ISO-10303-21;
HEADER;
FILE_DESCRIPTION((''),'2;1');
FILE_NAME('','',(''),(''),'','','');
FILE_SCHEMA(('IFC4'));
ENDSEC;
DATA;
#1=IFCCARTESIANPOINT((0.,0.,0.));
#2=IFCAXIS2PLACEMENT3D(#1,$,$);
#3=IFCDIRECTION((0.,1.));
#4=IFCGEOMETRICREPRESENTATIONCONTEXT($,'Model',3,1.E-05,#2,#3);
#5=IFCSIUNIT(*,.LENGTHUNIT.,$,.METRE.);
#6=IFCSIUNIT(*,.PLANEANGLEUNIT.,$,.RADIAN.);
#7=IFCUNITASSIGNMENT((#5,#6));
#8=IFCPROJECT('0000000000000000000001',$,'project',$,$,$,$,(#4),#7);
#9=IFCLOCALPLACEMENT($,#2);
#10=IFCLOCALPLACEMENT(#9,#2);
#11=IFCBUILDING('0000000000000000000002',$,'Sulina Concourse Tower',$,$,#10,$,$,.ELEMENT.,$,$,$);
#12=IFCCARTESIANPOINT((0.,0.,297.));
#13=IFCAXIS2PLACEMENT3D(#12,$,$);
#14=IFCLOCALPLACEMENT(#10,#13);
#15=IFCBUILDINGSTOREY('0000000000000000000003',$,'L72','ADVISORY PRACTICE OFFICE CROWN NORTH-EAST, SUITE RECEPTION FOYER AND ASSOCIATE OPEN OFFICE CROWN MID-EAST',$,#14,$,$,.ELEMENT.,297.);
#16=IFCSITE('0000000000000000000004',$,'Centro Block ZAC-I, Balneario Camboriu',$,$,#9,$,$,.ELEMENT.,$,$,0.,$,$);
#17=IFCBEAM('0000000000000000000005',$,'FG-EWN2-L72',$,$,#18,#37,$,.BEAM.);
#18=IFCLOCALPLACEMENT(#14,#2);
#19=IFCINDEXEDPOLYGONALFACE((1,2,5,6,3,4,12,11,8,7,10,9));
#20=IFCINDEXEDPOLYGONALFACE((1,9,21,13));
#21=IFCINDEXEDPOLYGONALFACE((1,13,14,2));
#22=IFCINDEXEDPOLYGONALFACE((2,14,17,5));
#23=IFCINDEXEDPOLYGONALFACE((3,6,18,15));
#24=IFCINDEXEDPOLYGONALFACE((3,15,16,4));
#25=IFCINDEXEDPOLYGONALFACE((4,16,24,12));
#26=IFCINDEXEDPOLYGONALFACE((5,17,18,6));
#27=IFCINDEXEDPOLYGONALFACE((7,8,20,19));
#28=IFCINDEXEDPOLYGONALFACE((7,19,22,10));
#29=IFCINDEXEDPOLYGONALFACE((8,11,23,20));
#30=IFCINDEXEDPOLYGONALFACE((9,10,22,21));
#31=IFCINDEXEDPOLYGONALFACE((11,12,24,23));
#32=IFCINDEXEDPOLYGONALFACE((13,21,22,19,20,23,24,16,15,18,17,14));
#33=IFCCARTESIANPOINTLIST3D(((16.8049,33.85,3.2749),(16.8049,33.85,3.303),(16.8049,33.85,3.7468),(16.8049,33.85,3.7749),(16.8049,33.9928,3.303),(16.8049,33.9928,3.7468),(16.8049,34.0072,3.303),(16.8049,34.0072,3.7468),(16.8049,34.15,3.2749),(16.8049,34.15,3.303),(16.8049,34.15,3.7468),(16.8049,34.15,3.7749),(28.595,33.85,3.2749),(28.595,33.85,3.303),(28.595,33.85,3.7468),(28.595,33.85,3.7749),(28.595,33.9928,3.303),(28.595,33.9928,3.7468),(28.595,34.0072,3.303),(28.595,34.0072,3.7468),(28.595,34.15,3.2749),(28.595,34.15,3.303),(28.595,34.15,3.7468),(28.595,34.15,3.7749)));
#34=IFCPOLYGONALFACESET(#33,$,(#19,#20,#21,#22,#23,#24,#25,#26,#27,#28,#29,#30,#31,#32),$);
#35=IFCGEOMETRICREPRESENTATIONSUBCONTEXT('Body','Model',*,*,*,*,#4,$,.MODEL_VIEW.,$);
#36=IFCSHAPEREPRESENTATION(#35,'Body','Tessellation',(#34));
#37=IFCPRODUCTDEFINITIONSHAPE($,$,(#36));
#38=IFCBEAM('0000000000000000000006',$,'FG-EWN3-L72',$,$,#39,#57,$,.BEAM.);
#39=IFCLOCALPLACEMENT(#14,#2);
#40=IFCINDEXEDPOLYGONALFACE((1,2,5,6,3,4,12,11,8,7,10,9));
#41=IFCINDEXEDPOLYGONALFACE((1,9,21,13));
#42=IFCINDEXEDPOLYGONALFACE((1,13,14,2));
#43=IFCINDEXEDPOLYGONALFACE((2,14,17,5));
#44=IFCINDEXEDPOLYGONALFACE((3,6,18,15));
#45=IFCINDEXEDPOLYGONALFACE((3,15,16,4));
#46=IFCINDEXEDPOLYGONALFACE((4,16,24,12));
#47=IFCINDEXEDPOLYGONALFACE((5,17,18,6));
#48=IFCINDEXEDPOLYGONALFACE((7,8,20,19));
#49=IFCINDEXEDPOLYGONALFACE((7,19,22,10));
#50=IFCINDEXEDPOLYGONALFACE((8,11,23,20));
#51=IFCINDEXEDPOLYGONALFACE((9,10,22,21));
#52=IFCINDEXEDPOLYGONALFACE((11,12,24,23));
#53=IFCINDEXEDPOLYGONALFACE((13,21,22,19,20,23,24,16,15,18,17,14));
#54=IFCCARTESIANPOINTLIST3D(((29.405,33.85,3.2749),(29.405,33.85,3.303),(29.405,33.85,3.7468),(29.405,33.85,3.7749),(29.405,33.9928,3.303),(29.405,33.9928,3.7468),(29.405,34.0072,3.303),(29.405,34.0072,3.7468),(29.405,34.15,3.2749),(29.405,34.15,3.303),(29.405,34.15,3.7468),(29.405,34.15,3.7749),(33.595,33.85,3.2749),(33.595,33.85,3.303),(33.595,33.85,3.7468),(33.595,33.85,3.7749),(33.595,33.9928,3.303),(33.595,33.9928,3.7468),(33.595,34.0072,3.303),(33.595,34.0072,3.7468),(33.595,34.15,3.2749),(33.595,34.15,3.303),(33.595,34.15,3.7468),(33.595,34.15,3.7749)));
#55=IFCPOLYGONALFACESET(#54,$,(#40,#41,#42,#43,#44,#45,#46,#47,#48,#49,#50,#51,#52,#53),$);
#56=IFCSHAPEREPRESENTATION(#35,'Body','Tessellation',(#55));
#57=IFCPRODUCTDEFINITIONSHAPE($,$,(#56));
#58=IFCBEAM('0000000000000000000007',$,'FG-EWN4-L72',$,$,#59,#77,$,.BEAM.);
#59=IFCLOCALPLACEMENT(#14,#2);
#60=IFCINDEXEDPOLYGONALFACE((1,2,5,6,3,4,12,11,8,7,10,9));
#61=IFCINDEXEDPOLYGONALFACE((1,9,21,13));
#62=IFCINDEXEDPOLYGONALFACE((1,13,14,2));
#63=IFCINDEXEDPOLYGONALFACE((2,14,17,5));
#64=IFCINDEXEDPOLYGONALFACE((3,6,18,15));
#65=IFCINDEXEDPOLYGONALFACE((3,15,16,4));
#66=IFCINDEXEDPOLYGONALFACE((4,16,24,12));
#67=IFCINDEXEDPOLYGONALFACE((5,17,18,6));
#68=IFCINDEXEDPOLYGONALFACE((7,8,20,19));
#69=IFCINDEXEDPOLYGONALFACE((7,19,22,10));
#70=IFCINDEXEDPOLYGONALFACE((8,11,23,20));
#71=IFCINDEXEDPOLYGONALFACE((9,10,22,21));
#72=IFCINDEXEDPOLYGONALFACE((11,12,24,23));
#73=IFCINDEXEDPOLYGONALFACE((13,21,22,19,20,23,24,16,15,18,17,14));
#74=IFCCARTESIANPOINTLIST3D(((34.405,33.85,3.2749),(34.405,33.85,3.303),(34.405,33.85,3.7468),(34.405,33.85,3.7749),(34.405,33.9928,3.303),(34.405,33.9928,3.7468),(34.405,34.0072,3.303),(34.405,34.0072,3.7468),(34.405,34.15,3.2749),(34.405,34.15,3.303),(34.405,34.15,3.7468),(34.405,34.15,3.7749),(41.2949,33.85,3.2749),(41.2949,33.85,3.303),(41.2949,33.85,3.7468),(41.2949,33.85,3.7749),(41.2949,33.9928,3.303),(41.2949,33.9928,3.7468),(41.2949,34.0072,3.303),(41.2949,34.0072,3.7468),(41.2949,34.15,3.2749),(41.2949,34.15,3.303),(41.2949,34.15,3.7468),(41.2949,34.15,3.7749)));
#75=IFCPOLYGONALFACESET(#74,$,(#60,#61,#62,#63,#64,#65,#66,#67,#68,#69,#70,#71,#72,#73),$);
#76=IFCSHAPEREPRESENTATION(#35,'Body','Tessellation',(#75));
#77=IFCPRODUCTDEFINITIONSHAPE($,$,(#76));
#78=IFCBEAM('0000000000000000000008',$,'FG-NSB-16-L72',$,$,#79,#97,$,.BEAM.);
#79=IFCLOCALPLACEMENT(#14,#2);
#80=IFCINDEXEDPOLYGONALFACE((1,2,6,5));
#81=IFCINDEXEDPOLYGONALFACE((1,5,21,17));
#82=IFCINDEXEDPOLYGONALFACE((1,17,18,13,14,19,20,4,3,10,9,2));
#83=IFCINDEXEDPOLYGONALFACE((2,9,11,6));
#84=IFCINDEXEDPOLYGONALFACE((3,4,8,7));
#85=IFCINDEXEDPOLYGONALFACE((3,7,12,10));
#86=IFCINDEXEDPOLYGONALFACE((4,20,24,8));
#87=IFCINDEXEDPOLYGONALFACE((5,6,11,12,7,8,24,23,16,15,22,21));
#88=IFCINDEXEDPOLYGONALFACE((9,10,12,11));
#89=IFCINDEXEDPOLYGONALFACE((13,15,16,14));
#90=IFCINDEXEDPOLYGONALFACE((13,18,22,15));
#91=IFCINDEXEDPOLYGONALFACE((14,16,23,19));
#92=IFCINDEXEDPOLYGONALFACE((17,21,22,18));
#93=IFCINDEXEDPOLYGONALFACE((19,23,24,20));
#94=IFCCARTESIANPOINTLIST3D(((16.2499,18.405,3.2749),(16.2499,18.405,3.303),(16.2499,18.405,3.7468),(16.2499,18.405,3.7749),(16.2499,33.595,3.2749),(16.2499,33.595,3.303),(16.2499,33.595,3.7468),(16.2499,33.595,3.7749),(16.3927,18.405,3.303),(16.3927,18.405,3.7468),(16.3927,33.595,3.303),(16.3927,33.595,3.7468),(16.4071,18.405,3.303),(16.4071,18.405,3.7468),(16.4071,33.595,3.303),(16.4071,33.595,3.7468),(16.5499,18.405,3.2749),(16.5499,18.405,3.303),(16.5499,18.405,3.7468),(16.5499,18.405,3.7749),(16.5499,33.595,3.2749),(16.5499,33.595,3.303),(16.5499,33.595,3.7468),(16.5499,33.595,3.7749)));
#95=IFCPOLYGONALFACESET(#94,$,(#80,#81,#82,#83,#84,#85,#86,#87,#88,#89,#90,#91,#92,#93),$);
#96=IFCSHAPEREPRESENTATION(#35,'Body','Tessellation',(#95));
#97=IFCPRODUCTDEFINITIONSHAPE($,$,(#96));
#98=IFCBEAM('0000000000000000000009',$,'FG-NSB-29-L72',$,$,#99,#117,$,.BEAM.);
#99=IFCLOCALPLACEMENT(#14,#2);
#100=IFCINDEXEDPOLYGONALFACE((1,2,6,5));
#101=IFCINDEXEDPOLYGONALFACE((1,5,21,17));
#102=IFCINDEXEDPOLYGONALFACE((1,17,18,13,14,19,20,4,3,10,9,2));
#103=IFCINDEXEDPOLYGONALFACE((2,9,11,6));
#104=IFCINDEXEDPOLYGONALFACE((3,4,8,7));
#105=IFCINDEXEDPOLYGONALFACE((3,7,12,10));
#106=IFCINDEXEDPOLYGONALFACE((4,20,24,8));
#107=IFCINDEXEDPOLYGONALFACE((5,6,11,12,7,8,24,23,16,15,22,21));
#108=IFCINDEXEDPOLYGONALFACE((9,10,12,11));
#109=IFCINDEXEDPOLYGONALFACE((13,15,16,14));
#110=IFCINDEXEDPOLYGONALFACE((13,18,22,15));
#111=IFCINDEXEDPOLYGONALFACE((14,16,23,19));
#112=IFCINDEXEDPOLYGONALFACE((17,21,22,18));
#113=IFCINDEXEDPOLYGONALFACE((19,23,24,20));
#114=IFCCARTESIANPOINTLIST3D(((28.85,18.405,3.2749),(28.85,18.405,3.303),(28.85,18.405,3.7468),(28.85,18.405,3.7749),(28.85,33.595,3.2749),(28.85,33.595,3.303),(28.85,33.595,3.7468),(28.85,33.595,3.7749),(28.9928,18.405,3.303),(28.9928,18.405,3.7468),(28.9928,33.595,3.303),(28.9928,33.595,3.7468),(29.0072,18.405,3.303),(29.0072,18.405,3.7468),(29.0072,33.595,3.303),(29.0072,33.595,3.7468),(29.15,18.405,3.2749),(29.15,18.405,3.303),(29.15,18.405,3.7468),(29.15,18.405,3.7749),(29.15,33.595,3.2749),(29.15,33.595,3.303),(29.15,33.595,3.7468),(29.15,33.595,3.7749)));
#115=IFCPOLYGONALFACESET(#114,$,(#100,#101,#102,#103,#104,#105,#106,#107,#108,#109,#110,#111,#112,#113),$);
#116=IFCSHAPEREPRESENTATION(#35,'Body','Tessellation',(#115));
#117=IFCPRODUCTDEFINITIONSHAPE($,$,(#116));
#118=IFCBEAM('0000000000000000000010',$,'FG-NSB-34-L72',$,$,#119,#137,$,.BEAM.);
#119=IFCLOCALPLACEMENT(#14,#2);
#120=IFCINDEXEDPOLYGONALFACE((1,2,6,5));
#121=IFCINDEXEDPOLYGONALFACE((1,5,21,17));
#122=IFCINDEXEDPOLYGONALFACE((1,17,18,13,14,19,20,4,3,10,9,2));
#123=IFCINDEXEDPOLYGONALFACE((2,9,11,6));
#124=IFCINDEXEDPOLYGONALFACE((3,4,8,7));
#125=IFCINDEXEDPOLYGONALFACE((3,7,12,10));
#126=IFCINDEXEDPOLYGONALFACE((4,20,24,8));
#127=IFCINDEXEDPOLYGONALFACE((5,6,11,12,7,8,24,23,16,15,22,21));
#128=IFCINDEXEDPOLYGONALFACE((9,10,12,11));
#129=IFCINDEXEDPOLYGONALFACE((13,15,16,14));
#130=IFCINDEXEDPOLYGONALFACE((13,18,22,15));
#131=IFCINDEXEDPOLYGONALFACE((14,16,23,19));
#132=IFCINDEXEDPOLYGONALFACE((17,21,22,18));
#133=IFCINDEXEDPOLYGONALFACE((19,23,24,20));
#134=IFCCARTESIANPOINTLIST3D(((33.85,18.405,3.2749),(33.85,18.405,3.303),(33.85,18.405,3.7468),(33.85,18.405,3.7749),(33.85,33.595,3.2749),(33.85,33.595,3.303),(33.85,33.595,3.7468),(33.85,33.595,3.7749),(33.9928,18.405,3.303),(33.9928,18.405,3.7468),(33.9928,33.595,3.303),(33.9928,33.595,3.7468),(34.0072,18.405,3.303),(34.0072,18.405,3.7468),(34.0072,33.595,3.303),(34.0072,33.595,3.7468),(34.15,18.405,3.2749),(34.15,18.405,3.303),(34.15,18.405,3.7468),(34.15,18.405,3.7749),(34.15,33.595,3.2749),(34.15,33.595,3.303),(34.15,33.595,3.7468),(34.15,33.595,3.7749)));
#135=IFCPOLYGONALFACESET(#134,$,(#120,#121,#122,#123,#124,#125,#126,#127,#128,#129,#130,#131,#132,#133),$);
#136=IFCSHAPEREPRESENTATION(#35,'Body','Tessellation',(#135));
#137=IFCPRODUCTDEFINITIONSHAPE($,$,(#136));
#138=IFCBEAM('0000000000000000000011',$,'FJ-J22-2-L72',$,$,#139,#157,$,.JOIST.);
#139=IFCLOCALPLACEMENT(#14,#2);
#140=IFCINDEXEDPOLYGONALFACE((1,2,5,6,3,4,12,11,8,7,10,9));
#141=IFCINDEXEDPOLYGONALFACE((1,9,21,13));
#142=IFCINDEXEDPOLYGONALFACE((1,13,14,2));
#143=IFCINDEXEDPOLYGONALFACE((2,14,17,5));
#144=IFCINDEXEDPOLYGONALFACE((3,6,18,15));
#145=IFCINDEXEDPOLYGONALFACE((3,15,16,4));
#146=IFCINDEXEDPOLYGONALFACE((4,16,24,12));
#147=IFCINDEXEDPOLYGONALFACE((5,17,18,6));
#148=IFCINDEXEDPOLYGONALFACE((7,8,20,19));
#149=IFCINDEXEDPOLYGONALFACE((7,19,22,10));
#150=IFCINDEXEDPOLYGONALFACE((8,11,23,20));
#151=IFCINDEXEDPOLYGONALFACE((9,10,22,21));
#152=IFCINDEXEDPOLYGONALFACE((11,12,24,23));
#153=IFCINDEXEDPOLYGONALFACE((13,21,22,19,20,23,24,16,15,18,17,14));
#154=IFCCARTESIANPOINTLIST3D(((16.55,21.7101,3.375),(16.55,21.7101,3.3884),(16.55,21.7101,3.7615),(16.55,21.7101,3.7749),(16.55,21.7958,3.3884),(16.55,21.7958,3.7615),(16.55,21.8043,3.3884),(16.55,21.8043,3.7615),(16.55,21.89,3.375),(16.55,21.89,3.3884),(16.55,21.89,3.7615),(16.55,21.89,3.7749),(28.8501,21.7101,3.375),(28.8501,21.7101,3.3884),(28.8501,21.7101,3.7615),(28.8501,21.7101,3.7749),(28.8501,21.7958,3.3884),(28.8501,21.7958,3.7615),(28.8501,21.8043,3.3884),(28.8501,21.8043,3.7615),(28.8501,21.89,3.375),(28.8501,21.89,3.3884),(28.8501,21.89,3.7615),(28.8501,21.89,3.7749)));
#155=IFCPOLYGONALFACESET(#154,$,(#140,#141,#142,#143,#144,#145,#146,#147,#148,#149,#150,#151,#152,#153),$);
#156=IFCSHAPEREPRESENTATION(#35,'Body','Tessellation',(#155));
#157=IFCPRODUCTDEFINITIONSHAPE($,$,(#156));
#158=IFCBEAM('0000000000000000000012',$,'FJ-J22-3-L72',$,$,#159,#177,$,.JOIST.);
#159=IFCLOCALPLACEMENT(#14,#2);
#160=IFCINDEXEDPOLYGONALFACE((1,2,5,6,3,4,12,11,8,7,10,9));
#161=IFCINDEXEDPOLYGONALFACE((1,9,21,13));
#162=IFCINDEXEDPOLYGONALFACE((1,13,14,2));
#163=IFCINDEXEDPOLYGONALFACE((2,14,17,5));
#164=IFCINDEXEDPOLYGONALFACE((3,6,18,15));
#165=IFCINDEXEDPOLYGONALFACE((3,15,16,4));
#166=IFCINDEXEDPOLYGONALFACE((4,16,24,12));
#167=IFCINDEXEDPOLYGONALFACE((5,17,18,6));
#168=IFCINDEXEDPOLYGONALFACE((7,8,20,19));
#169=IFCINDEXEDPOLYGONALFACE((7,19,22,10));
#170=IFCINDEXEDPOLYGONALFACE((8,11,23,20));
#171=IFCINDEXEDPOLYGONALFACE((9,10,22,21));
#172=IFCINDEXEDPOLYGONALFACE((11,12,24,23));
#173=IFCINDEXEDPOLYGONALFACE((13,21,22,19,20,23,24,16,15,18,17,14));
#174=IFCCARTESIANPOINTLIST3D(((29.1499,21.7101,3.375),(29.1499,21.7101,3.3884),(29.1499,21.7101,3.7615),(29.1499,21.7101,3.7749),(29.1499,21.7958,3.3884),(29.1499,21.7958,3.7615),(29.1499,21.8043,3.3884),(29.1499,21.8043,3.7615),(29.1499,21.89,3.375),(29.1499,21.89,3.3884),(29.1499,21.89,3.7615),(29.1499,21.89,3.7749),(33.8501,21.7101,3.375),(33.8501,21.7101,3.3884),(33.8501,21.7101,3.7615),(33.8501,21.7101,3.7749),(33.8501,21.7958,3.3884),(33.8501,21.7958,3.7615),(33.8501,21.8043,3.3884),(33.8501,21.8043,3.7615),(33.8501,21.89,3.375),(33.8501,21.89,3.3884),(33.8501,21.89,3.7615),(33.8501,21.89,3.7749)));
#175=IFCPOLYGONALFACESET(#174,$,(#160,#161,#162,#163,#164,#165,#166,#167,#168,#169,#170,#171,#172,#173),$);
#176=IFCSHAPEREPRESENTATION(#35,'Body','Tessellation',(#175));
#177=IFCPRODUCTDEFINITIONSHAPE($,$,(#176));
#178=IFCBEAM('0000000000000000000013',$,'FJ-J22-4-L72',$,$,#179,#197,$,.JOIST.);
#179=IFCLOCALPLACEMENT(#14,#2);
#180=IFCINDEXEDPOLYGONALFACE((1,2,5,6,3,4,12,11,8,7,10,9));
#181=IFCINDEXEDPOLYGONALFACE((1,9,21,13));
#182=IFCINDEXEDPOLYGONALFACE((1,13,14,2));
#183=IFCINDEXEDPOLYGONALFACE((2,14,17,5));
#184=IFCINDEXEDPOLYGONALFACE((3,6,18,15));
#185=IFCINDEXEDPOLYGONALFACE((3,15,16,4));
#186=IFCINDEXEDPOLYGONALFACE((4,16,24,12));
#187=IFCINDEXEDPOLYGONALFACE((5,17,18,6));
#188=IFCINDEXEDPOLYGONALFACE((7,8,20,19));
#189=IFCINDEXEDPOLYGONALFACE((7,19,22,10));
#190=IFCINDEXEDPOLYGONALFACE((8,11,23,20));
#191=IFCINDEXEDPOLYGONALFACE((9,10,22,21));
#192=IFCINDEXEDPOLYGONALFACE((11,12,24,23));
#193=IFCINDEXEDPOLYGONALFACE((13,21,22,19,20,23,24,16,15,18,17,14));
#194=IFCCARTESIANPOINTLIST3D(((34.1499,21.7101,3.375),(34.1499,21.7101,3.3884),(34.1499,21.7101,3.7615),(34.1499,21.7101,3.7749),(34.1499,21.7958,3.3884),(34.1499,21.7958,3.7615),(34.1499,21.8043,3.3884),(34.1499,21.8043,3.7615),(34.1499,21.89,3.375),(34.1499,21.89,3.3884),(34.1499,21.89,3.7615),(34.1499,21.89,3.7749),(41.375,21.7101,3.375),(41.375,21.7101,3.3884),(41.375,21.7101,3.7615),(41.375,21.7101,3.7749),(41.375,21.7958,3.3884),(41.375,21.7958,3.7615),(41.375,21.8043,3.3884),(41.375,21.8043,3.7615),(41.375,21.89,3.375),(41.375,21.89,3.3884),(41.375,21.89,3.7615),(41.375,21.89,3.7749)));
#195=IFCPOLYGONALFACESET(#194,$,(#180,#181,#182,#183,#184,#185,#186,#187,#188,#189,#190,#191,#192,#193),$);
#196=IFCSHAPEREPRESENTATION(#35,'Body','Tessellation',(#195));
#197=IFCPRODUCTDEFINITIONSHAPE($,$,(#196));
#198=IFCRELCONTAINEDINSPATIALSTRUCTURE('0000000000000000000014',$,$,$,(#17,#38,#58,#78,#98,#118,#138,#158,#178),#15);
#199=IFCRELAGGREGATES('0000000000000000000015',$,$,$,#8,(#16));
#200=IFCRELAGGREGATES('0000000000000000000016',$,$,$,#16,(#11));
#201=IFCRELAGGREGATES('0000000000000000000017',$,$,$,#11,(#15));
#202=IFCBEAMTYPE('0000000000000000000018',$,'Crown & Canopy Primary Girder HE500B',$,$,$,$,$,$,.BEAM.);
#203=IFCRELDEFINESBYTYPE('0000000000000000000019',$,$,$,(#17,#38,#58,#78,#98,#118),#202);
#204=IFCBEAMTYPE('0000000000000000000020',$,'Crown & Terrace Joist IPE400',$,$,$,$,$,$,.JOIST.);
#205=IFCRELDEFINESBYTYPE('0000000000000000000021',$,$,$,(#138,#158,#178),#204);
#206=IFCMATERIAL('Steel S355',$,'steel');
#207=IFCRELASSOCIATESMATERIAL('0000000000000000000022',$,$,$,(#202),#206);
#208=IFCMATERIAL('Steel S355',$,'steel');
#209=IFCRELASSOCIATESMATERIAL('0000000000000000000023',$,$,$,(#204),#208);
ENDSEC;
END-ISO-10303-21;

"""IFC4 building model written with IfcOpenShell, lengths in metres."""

from ifc_helpers import new_model, si_unit, direction, frame, origin, origin_2d, place, context, subcontext, project, spatial, i_section, extrude, material, material_profile, profile_set, type_object, element, save


model = new_model("IFC4")

# Units and contexts
model_context = context("Model", 3, precision=1e-05, world=origin(), true_north=direction((0.0, 1.0)))
body_context = subcontext(model_context, "Body", "Model", "MODEL_VIEW")
ifc_project = project(units=[si_unit("LENGTHUNIT", "METRE"), si_unit("PLANEANGLEUNIT", "RADIAN")], contexts=[model_context])

# Site, building, storey
site_placement = place(None, origin())
site = spatial("IfcSite", under=ifc_project, at=site_placement, Name="Centro Block ZAC-I, Balneario Camboriu", CompositionType="ELEMENT", RefElevation=0.0)
building_placement = place(site_placement, origin())
building = spatial("IfcBuilding", under=site, at=building_placement, Name="Sulina Concourse Tower", CompositionType="ELEMENT")
storey_placement = place(building_placement, frame((0.0, 0.0, 297.0)))
storey = spatial("IfcBuildingStorey", under=building, at=storey_placement, Name="L72", Description="ADVISORY PRACTICE OFFICE CROWN NORTH-EAST, SUITE RECEPTION FOYER AND ASSOCIATE OPEN OFFICE CROWN MID-EAST", CompositionType="ELEMENT", Elevation=297.0)

# Beams
ifc_material_1 = material(Name="Steel S355", Category="steel")
ifc_material_profile_1 = material_profile(ifc_material_1, i_section(OverallWidth=0.3, OverallDepth=0.5, WebThickness=0.0144, FlangeThickness=0.0281, at=origin_2d()), Name="HE 500 B")
ifc_profile_set_1 = profile_set([ifc_material_profile_1], Name="Steel S355")
beam_type_1 = type_object("IfcBeamType", Name="Crown & Canopy Primary Girder HE500B", PredefinedType="BEAM", material=ifc_profile_set_1)
beam_1_placement = place(storey_placement, frame((16.8049, 34.0, 3.5249), z_axis=(1.0, 0.0, 0.0), x_axis=(0.0, 1.0, 0.0)))
element("IfcBeam", 1, at=beam_1_placement, inside=storey, type_object=beam_type_1, Name="FG-EWN2-L72", PredefinedType="BEAM", context=body_context, shape_type="SweptSolid", body=[
    extrude(i_section(OverallWidth=0.3, OverallDepth=0.5, WebThickness=0.0144, FlangeThickness=0.0281, at=origin_2d()), origin(), (0.0, 0.0, 1.0), 11.79),
])
beam_2_placement = place(storey_placement, frame((29.405, 34.0, 3.5249), z_axis=(1.0, 0.0, 0.0), x_axis=(0.0, 1.0, 0.0)))
element("IfcBeam", 2, at=beam_2_placement, inside=storey, type_object=beam_type_1, Name="FG-EWN3-L72", PredefinedType="BEAM", context=body_context, shape_type="SweptSolid", body=[
    extrude(i_section(OverallWidth=0.3, OverallDepth=0.5, WebThickness=0.0144, FlangeThickness=0.0281, at=origin_2d()), origin(), (0.0, 0.0, 1.0), 4.1899),
])
beam_3_placement = place(storey_placement, frame((34.405, 34.0, 3.5249), z_axis=(1.0, 0.0, 0.0), x_axis=(0.0, 1.0, 0.0)))
element("IfcBeam", 3, at=beam_3_placement, inside=storey, type_object=beam_type_1, Name="FG-EWN4-L72", PredefinedType="BEAM", context=body_context, shape_type="SweptSolid", body=[
    extrude(i_section(OverallWidth=0.3, OverallDepth=0.5, WebThickness=0.0144, FlangeThickness=0.0281, at=origin_2d()), origin(), (0.0, 0.0, 1.0), 6.8899),
])
for number, where, z_axis, x_axis, name in (
    (4, (16.3999, 18.405, 3.5249), (0.0, 1.0, 0.0), (-1.0, 0.0, 0.0), "FG-NSB-16-L72"),
    (5, (29.0, 18.405, 3.5249), (0.0, 1.0, 0.0), (-1.0, 0.0, 0.0), "FG-NSB-29-L72"),
    (6, (34.0, 18.405, 3.5249), (0.0, 1.0, 0.0), (-1.0, 0.0, 0.0), "FG-NSB-34-L72"),
):
    element("IfcBeam", number, at=place(storey_placement, frame(where, z_axis=z_axis, x_axis=x_axis)), inside=storey, type_object=beam_type_1, Name=name, PredefinedType="BEAM", context=body_context, shape_type="SweptSolid", body=[
        extrude(i_section(OverallWidth=0.3, OverallDepth=0.5, WebThickness=0.0144, FlangeThickness=0.0281, at=origin_2d()), origin(), (0.0, 0.0, 1.0), 15.1899),
    ])
ifc_material_2 = material(Name="Steel S355", Category="steel")
ifc_material_profile_2 = material_profile(ifc_material_2, i_section(OverallWidth=0.1799, OverallDepth=0.3999, WebThickness=0.0085, FlangeThickness=0.0134, at=origin_2d()), Name="IPE 400")
ifc_profile_set_2 = profile_set([ifc_material_profile_2], Name="Steel S355")
beam_type_2 = type_object("IfcBeamType", Name="Crown & Terrace Joist IPE400", PredefinedType="JOIST", material=ifc_profile_set_2)
beam_4_placement = place(storey_placement, frame((16.55, 21.8, 3.575), z_axis=(1.0, 0.0, 0.0), x_axis=(0.0, 1.0, 0.0)))
element("IfcBeam", 7, at=beam_4_placement, inside=storey, type_object=beam_type_2, Name="FJ-J22-2-L72", PredefinedType="JOIST", context=body_context, shape_type="SweptSolid", body=[
    extrude(i_section(OverallWidth=0.1799, OverallDepth=0.3999, WebThickness=0.0085, FlangeThickness=0.0134, at=origin_2d()), origin(), (0.0, 0.0, 1.0), 12.3),
])
beam_5_placement = place(storey_placement, frame((29.1499, 21.8, 3.575), z_axis=(1.0, 0.0, 0.0), x_axis=(0.0, 1.0, 0.0)))
element("IfcBeam", 8, at=beam_5_placement, inside=storey, type_object=beam_type_2, Name="FJ-J22-3-L72", PredefinedType="JOIST", context=body_context, shape_type="SweptSolid", body=[
    extrude(i_section(OverallWidth=0.1799, OverallDepth=0.3999, WebThickness=0.0085, FlangeThickness=0.0134, at=origin_2d()), origin(), (0.0, 0.0, 1.0), 4.7002),
])
beam_6_placement = place(storey_placement, frame((34.1499, 21.8, 3.575), z_axis=(1.0, 0.0, 0.0), x_axis=(0.0, 1.0, 0.0)))
element("IfcBeam", 9, at=beam_6_placement, inside=storey, type_object=beam_type_2, Name="FJ-J22-4-L72", PredefinedType="JOIST", context=body_context, shape_type="SweptSolid", body=[
    extrude(i_section(OverallWidth=0.1799, OverallDepth=0.3999, WebThickness=0.0085, FlangeThickness=0.0134, at=origin_2d()), origin(), (0.0, 0.0, 1.0), 7.2251),
])

save(model, "model.ifc")
